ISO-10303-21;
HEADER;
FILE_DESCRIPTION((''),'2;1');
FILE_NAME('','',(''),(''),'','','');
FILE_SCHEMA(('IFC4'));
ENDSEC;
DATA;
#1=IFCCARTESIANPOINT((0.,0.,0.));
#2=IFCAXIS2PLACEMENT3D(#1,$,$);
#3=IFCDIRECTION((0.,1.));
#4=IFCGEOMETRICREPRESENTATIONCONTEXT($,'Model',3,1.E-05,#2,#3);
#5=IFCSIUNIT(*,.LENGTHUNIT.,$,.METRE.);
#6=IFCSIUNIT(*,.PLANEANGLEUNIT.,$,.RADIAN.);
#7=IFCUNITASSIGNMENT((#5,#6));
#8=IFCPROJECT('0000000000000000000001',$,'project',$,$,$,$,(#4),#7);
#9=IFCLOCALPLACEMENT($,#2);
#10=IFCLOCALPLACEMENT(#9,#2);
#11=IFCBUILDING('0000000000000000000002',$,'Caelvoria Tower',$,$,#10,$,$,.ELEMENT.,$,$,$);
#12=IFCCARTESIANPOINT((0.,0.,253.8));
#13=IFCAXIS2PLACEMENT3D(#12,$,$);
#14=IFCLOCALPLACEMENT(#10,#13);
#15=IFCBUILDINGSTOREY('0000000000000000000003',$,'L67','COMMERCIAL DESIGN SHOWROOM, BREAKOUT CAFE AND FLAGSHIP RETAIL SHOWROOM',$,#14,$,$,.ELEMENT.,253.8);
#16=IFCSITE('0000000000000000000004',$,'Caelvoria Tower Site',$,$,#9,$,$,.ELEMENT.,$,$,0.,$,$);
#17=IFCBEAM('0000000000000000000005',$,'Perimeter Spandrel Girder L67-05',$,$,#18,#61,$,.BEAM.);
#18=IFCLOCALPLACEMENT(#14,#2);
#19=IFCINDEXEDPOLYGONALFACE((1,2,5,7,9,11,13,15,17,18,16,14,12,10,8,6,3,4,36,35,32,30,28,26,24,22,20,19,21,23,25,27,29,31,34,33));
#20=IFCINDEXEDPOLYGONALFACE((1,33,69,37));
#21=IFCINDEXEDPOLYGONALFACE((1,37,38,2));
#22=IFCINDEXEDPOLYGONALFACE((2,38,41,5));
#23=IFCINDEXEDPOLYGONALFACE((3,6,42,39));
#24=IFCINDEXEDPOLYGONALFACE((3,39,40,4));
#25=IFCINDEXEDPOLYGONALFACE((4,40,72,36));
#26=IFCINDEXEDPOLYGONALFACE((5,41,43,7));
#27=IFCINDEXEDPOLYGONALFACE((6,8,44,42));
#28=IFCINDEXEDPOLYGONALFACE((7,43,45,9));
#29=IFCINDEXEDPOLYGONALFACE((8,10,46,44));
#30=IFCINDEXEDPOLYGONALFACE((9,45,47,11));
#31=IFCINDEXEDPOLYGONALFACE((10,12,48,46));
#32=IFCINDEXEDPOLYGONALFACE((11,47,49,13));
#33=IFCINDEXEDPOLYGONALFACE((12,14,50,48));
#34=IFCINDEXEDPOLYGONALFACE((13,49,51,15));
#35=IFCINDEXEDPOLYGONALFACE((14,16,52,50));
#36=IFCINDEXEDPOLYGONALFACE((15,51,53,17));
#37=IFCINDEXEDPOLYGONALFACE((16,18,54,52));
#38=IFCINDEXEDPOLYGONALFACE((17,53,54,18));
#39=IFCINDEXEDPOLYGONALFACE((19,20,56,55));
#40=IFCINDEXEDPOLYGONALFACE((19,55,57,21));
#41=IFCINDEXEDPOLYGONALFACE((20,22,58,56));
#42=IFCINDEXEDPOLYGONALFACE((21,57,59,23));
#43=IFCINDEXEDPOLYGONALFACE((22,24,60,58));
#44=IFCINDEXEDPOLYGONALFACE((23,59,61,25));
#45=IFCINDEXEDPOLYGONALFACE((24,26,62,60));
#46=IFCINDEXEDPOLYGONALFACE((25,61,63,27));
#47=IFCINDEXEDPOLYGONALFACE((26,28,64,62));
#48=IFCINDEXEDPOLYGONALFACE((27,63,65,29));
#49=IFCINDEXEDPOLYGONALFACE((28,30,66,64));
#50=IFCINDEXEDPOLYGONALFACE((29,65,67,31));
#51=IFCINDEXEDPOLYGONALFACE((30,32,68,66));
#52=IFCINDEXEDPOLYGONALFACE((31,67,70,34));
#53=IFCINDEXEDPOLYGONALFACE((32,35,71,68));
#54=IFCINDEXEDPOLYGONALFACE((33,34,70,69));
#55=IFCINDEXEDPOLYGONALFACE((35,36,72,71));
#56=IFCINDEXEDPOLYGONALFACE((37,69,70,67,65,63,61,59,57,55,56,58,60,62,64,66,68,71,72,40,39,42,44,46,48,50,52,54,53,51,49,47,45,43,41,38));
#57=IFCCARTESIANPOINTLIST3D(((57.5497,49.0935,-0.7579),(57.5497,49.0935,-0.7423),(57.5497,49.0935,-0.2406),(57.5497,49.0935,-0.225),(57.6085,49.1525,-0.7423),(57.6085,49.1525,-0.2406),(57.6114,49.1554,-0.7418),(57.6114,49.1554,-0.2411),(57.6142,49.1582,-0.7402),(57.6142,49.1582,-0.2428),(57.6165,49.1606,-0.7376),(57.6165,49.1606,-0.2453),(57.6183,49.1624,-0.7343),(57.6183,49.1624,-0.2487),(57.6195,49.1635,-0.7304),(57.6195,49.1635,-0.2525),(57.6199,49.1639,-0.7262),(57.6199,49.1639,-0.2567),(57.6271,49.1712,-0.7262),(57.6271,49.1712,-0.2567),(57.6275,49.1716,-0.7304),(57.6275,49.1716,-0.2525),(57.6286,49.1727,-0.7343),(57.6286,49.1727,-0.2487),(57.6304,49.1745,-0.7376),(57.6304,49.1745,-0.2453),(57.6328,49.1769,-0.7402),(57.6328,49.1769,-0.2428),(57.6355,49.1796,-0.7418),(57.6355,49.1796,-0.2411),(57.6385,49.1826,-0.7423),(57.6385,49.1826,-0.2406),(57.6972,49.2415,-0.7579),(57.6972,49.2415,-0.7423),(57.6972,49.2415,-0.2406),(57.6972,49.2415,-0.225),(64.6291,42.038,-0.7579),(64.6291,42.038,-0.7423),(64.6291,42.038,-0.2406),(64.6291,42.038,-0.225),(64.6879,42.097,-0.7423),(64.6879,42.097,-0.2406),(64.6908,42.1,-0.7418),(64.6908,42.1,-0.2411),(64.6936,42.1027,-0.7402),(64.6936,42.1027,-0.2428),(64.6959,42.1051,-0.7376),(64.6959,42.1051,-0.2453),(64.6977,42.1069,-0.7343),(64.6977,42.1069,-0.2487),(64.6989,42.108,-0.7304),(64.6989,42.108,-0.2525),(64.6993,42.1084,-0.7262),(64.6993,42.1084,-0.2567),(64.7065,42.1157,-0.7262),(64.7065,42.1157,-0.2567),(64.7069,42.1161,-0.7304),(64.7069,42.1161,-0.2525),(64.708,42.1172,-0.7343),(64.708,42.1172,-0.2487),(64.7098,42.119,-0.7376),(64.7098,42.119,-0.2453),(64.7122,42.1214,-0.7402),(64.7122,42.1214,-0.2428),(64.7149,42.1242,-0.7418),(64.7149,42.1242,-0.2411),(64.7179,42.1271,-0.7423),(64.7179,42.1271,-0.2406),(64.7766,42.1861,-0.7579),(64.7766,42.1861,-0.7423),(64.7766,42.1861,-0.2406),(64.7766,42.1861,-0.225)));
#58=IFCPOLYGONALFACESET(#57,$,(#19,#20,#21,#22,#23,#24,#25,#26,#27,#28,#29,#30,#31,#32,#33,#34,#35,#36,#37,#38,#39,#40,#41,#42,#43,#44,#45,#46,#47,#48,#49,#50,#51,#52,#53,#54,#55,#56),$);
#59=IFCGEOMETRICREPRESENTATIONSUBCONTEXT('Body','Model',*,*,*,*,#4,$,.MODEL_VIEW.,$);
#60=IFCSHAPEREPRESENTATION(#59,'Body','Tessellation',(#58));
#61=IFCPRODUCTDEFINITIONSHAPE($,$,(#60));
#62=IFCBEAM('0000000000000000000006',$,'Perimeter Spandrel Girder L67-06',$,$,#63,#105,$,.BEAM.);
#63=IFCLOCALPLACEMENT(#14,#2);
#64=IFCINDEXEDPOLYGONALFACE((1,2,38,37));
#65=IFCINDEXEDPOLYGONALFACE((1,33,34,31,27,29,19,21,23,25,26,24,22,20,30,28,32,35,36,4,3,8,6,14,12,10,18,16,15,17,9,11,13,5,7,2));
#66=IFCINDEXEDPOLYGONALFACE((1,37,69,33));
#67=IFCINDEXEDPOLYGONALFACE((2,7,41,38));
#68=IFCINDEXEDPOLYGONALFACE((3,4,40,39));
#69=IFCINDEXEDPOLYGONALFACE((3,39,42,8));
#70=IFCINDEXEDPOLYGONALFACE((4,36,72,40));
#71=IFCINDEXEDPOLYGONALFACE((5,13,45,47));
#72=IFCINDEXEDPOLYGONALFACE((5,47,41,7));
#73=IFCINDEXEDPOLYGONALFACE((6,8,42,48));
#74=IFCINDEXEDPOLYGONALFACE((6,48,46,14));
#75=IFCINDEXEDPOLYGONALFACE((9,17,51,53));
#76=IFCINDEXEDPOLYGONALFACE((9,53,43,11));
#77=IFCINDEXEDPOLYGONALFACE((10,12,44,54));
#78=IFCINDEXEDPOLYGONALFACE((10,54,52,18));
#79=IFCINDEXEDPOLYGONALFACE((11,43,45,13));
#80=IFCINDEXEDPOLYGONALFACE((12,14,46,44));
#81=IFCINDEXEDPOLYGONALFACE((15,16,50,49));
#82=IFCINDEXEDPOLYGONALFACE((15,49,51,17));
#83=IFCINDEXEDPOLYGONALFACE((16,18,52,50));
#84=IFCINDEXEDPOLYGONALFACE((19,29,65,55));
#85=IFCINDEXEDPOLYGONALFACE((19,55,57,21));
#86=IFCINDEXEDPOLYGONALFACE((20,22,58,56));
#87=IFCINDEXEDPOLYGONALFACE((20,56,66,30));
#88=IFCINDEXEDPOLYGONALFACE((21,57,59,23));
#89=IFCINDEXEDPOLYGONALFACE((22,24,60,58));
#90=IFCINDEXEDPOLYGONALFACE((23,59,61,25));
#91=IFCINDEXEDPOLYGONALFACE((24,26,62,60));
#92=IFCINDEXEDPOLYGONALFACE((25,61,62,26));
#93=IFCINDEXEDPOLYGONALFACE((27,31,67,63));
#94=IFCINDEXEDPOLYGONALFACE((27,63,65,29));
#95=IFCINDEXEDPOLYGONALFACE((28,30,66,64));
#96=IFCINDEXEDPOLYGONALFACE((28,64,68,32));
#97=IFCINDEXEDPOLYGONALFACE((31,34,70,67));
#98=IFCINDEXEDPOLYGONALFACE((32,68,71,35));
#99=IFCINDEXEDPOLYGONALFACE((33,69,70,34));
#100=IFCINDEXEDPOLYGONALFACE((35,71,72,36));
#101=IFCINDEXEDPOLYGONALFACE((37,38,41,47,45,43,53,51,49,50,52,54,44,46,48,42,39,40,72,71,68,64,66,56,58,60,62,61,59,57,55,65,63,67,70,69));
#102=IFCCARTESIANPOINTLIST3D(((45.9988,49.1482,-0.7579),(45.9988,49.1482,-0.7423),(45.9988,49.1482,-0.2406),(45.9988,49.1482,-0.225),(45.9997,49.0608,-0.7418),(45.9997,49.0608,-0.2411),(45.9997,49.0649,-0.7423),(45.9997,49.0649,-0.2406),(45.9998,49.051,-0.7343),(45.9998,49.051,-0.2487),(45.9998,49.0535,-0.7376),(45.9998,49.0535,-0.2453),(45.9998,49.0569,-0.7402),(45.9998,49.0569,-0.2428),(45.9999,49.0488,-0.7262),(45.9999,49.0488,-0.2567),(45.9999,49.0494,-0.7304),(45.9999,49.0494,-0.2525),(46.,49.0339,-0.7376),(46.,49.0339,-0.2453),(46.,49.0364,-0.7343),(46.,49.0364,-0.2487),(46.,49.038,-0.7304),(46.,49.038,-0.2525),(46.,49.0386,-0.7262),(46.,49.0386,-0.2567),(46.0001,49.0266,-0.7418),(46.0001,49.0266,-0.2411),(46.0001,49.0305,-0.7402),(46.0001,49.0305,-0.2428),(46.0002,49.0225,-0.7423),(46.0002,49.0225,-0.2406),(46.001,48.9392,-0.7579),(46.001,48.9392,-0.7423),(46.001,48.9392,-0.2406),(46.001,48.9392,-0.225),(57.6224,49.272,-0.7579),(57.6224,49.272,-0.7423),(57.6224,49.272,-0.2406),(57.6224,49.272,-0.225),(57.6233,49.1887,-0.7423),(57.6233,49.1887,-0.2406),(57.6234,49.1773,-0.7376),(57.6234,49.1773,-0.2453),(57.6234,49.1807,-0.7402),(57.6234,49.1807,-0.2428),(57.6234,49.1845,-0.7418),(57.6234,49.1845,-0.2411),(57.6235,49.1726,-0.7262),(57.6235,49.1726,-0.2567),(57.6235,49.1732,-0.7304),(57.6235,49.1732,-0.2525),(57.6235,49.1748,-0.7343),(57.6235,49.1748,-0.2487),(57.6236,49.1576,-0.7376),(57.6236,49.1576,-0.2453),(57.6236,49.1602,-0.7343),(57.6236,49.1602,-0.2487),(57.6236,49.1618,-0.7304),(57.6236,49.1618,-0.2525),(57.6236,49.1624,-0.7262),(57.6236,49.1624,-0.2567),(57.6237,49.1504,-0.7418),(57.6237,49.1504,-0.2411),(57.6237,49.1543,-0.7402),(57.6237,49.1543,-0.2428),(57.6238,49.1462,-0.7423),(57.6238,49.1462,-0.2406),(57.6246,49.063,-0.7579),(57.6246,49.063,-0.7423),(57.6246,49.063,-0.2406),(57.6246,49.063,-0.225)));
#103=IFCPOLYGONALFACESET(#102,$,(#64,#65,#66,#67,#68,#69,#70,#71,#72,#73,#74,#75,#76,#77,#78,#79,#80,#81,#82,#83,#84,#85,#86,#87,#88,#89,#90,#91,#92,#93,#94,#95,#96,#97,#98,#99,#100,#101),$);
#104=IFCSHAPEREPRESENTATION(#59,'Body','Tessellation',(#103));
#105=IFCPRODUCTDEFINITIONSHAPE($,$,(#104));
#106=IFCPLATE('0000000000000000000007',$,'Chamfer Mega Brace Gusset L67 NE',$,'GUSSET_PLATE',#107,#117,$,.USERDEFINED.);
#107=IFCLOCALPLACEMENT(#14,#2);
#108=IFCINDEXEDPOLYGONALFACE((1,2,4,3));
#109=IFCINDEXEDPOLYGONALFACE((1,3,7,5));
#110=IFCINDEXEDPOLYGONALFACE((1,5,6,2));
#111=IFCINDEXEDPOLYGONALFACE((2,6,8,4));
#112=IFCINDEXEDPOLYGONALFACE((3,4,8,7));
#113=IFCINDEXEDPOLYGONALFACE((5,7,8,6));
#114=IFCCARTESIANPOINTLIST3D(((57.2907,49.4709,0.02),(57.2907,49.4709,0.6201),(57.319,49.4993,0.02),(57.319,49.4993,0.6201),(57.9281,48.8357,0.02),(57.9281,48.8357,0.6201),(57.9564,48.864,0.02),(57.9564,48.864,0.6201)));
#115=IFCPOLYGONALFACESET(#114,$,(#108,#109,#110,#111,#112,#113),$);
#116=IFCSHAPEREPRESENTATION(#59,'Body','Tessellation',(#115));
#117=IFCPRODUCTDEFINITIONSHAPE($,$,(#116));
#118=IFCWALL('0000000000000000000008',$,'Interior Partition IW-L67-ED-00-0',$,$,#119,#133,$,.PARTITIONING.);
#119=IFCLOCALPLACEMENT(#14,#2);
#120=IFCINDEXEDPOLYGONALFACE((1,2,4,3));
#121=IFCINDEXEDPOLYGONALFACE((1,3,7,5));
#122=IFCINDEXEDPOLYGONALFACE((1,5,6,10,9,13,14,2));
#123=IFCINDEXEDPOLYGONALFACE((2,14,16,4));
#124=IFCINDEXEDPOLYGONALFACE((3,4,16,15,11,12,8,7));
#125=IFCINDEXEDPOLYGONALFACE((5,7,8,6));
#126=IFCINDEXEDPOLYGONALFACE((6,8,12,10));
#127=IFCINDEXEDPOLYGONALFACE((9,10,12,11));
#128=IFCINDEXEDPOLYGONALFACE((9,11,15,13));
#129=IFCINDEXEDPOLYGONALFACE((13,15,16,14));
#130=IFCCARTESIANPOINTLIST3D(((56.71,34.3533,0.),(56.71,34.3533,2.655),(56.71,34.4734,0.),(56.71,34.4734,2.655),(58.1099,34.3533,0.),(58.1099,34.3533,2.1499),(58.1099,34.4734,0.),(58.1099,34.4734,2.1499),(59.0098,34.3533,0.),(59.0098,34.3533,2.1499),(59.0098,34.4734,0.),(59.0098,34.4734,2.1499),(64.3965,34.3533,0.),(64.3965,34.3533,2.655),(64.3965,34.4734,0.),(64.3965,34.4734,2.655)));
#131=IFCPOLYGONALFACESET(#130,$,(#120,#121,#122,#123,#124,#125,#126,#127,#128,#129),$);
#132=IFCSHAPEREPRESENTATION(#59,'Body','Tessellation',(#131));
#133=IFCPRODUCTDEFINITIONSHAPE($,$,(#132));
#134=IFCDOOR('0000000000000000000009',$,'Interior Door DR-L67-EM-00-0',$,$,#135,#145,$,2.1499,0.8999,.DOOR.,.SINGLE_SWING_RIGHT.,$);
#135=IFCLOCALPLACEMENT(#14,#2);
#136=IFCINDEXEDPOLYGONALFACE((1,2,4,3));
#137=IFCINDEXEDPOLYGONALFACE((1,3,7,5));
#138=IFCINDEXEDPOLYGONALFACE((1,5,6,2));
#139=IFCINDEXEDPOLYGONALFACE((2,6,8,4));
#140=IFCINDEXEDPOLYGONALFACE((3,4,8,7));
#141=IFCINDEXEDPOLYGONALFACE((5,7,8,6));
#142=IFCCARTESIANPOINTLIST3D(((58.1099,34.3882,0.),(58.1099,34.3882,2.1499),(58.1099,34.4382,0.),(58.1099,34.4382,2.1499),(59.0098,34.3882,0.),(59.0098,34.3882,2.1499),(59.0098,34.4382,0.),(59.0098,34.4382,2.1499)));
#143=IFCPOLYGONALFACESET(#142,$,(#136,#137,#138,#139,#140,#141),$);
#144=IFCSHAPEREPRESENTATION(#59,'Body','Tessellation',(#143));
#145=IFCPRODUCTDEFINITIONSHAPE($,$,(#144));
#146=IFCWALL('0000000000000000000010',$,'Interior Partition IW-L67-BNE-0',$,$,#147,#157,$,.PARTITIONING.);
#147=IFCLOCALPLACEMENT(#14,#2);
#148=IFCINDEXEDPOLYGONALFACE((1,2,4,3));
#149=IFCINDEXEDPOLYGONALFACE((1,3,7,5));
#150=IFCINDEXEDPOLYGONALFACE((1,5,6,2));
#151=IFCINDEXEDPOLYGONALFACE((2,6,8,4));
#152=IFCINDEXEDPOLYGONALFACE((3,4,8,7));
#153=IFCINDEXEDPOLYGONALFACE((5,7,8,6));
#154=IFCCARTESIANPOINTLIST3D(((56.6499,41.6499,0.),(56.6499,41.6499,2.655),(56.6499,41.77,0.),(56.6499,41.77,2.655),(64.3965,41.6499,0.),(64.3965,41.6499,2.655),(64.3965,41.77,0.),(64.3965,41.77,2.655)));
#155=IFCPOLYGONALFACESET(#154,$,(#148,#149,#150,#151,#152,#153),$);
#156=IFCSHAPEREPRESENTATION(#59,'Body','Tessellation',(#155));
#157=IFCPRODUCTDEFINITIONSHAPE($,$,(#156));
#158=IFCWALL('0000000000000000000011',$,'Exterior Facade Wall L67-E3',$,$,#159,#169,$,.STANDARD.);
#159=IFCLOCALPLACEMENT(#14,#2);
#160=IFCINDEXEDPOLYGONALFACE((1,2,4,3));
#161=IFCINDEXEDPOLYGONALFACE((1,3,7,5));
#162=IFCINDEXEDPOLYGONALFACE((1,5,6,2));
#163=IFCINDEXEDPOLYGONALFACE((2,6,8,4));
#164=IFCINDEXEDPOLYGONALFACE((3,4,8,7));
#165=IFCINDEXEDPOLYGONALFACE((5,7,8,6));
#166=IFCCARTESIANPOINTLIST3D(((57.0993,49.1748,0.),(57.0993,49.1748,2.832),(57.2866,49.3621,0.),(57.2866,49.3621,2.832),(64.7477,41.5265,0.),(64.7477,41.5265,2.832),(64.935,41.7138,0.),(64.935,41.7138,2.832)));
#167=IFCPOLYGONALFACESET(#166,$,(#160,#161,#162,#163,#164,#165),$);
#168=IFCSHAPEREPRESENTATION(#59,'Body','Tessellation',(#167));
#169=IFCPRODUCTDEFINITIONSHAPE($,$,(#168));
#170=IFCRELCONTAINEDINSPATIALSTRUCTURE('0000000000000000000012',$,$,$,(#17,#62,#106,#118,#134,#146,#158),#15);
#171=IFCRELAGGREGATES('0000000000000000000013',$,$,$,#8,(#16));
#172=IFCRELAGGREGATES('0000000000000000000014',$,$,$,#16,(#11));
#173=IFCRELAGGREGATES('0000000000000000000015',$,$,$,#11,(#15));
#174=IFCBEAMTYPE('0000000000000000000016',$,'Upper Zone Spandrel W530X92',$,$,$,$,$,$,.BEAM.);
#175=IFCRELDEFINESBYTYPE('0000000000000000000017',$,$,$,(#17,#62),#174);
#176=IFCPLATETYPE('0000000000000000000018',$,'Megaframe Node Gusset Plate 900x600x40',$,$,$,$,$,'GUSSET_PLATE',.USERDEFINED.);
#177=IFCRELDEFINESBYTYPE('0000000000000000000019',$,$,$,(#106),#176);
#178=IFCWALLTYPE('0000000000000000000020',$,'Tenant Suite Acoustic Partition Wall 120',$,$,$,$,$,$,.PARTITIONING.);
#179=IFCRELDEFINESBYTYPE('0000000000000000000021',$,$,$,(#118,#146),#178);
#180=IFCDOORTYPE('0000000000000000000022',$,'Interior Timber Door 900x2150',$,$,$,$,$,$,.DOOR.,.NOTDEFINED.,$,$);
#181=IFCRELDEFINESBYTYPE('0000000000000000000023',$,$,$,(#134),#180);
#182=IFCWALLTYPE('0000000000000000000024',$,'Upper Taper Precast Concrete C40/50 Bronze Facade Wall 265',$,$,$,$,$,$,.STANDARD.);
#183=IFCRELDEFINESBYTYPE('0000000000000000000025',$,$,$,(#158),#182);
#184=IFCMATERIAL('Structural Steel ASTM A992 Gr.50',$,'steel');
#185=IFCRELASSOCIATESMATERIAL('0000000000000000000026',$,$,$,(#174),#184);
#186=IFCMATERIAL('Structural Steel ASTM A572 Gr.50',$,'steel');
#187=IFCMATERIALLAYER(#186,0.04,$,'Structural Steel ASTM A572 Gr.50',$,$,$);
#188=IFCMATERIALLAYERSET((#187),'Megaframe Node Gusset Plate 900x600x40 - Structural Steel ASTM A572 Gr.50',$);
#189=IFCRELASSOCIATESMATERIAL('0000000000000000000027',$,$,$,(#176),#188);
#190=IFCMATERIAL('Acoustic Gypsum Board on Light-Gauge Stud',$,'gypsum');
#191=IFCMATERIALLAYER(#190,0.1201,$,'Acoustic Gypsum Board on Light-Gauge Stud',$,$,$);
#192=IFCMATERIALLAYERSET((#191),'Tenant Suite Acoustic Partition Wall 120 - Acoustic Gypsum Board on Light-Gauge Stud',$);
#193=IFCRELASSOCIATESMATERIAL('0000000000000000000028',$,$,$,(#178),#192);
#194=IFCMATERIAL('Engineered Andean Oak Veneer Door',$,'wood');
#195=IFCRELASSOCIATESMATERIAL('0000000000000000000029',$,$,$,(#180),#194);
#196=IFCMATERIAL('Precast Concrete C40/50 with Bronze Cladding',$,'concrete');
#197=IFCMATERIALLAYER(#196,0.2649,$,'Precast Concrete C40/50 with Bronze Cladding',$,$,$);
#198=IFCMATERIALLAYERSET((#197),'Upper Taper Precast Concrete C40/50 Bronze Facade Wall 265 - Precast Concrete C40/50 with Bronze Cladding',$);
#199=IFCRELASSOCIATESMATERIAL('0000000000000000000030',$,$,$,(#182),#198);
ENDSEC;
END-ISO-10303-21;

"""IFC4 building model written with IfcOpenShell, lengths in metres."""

from ifc_helpers import new_model, si_unit, direction, frame, frame_2d, origin, origin_2d, place, context, subcontext, project, spatial, rectangle, i_section, extrude, material, layer, layer_set, material_profile, profile_set, type_object, element, fill, save


model = new_model("IFC4")

# Units and contexts
model_context = context("Model", 3, precision=1e-05, world=origin(), true_north=direction((0.0, 1.0)))
body_context = subcontext(model_context, "Body", "Model", "MODEL_VIEW")
ifc_project = project(units=[si_unit("LENGTHUNIT", "METRE"), si_unit("PLANEANGLEUNIT", "RADIAN")], contexts=[model_context])

# Site, building, storey
site_placement = place(None, origin())
site = spatial("IfcSite", under=ifc_project, at=site_placement, Name="Caelvoria Tower Site", CompositionType="ELEMENT", RefElevation=0.0)
building_placement = place(site_placement, origin())
building = spatial("IfcBuilding", under=site, at=building_placement, Name="Caelvoria Tower", CompositionType="ELEMENT")
storey_placement = place(building_placement, frame((0.0, 0.0, 253.8)))
storey = spatial("IfcBuildingStorey", under=building, at=storey_placement, Name="L67", Description="COMMERCIAL DESIGN SHOWROOM, BREAKOUT CAFE AND FLAGSHIP RETAIL SHOWROOM", CompositionType="ELEMENT", Elevation=253.8)

# Shared definitions
ifc_material_1 = material(Name="Structural Steel ASTM A572 Gr.50", Category="steel")

# Shared definitions
ifc_material_2 = material(Name="Structural Steel ASTM A992 Gr.50", Category="steel")

# Beams
ifc_material_profile_1 = material_profile(ifc_material_2, i_section(OverallWidth=0.209, OverallDepth=0.533, WebThickness=0.0103, FlangeThickness=0.0156, FilletRadius=0.0161, at=origin_2d()), Name="Structural Steel ASTM A992 Gr.50")
ifc_profile_set_1 = profile_set([ifc_material_profile_1], Name="W530X92 - Structural Steel ASTM A992 Gr.50")
beam_type_1 = type_object("IfcBeamType", Name="Upper Zone Spandrel W530X92", PredefinedType="BEAM", material=ifc_profile_set_1)
beam_1_placement = place(storey_placement, frame((64.7029, 42.1121, -0.4915), z_axis=(-0.708303, 0.705909, 0.0), x_axis=(-0.705909, -0.708303, 0.0)))
element("IfcBeam", 1, at=beam_1_placement, inside=storey, type_object=beam_type_1, Name="Perimeter Spandrel Girder L67-05", PredefinedType="BEAM", context=body_context, shape_type="SweptSolid", body=[
    extrude(i_section(OverallWidth=0.209, OverallDepth=0.533, WebThickness=0.0103, FlangeThickness=0.0156, FilletRadius=0.0161, at=origin_2d()), origin(), (0.0, 0.0, 1.0), 9.9949),
])
beam_2_placement = place(storey_placement, frame((57.6235, 49.1675, -0.4915), z_axis=(-0.999943, -0.010648, 0.0), x_axis=(0.010648, -0.999943, 0.0)))
element("IfcBeam", 2, at=beam_2_placement, inside=storey, type_object=beam_type_1, Name="Perimeter Spandrel Girder L67-06", PredefinedType="BEAM", context=body_context, shape_type="SweptSolid", body=[
    extrude(i_section(OverallWidth=0.209, OverallDepth=0.533, WebThickness=0.0103, FlangeThickness=0.0156, FilletRadius=0.0161, at=origin_2d()), origin(), (0.0, 0.0, 1.0), 11.6243),
])

# Plate
ifc_layer_1 = layer(ifc_material_1, 0.04, Name="Structural Steel ASTM A572 Gr.50")
ifc_layer_set_1 = layer_set([ifc_layer_1], Name="Megaframe Node Gusset Plate 900x600x40 - Structural Steel ASTM A572 Gr.50")
plate_type = type_object("IfcPlateType", Name="Megaframe Node Gusset Plate 900x600x40", ElementType="GUSSET_PLATE", PredefinedType="USERDEFINED", material=ifc_layer_set_1)
plate_placement = place(storey_placement, frame((57.6235, 49.1675, 0.02), z_axis=(0.0, 0.0, 1.0), x_axis=(0.708312, -0.7059, 0.0)))
element("IfcPlate", 3, at=plate_placement, inside=storey, type_object=plate_type, Name="Chamfer Mega Brace Gusset L67 NE", ObjectType="GUSSET_PLATE", PredefinedType="USERDEFINED", context=body_context, shape_type="SweptSolid", body=[
    extrude(rectangle(XDim=0.8999, YDim=0.04, at=origin_2d()), origin(), (0.0, 0.0, 1.0), 0.6001),
])

# Wall, opening, door
ifc_material_3 = material(Name="Acoustic Gypsum Board on Light-Gauge Stud", Category="gypsum")
ifc_layer_2 = layer(ifc_material_3, 0.1201, Name="Acoustic Gypsum Board on Light-Gauge Stud")
ifc_layer_set_2 = layer_set([ifc_layer_2], Name="Tenant Suite Acoustic Partition Wall 120 - Acoustic Gypsum Board on Light-Gauge Stud")
wall_type_1 = type_object("IfcWallType", Name="Tenant Suite Acoustic Partition Wall 120", PredefinedType="PARTITIONING", material=ifc_layer_set_2)
wall_1_placement = place(storey_placement, frame((56.71, 34.4133, 0.0), z_axis=(0.0, 0.0, 1.0), x_axis=(1.0, 0.0, 0.0)))
wall_1 = element("IfcWall", 4, at=wall_1_placement, inside=storey, type_object=wall_type_1, Name="Interior Partition IW-L67-ED-00-0", PredefinedType="PARTITIONING", context=body_context, shape_type="SweptSolid", body=[
    extrude(rectangle(XDim=7.6865, YDim=0.1201, at=frame_2d((3.8433, 0.0))), origin(), (0.0, 0.0, 1.0), 2.655),
])
opening_1_placement = place(wall_1_placement, frame((1.3999, 0.0, 0.0)))
opening_1 = element("IfcOpeningElement", 5, at=opening_1_placement, cuts=wall_1, PredefinedType="OPENING", context=body_context, shape_type="SweptSolid", body=[
    extrude(rectangle(XDim=0.8999, YDim=2.1499, at=frame_2d((0.45, 1.075))), frame((0.0, 0.0701, 0.0), z_axis=(0.0, -1.0, 0.0), x_axis=(1.0, 0.0, 0.0)), (0.0, 0.0, 1.0), 0.1401),
])
ifc_material_4 = material(Name="Engineered Andean Oak Veneer Door", Category="wood")
door_type_1 = type_object("IfcDoorType", Name="Interior Timber Door 900x2150", OperationType="NOTDEFINED", PredefinedType="DOOR", material=ifc_material_4)
door_1_placement = place(opening_1_placement, origin())
door_1 = element("IfcDoor", 6, at=door_1_placement, inside=storey, type_object=door_type_1, Name="Interior Door DR-L67-EM-00-0", OperationType="SINGLE_SWING_RIGHT", OverallHeight=2.1499, OverallWidth=0.8999, PredefinedType="DOOR", context=body_context, shape_type="SweptSolid", body=[
    extrude(rectangle(XDim=0.8999, YDim=2.1499, at=frame_2d((0.45, 1.075))), frame((0.0, 0.0249, 0.0), z_axis=(0.0, -1.0, 0.0), x_axis=(1.0, 0.0, 0.0)), (0.0, 0.0, 1.0), 0.05),
])
fill(opening_1, door_1)

# Walls
wall_2_placement = place(storey_placement, frame((56.6499, 41.71, 0.0), z_axis=(0.0, 0.0, 1.0), x_axis=(1.0, 0.0, 0.0)))
element("IfcWall", 7, at=wall_2_placement, inside=storey, type_object=wall_type_1, Name="Interior Partition IW-L67-BNE-0", PredefinedType="PARTITIONING", context=body_context, shape_type="SweptSolid", body=[
    extrude(rectangle(XDim=7.7466, YDim=0.1201, at=frame_2d((3.8733, 0.0))), origin(), (0.0, 0.0, 1.0), 2.655),
])
ifc_material_5 = material(Name="Precast Concrete C40/50 with Bronze Cladding", Category="concrete")
ifc_layer_3 = layer(ifc_material_5, 0.2649, Name="Precast Concrete C40/50 with Bronze Cladding")
ifc_layer_set_3 = layer_set([ifc_layer_3], Name="Upper Taper Precast Concrete C40/50 Bronze Facade Wall 265 - Precast Concrete C40/50 with Bronze Cladding")
wall_type_2 = type_object("IfcWallType", Name="Upper Taper Precast Concrete C40/50 Bronze Facade Wall 265", PredefinedType="STANDARD", material=ifc_layer_set_3)
wall_3_placement = place(storey_placement, frame((64.8413, 41.6201, 0.0), z_axis=(0.0, 0.0, 1.0), x_axis=(-0.707107, 0.707107, 0.0)))
element("IfcWall", 8, at=wall_3_placement, inside=storey, type_object=wall_type_2, Name="Exterior Facade Wall L67-E3", PredefinedType="STANDARD", context=body_context, shape_type="SweptSolid", body=[
    extrude(rectangle(XDim=10.8164, YDim=0.2649, at=frame_2d((5.4082, 0.0))), origin(), (0.0, 0.0, 1.0), 2.832),
])

save(model, "model.ifc")
